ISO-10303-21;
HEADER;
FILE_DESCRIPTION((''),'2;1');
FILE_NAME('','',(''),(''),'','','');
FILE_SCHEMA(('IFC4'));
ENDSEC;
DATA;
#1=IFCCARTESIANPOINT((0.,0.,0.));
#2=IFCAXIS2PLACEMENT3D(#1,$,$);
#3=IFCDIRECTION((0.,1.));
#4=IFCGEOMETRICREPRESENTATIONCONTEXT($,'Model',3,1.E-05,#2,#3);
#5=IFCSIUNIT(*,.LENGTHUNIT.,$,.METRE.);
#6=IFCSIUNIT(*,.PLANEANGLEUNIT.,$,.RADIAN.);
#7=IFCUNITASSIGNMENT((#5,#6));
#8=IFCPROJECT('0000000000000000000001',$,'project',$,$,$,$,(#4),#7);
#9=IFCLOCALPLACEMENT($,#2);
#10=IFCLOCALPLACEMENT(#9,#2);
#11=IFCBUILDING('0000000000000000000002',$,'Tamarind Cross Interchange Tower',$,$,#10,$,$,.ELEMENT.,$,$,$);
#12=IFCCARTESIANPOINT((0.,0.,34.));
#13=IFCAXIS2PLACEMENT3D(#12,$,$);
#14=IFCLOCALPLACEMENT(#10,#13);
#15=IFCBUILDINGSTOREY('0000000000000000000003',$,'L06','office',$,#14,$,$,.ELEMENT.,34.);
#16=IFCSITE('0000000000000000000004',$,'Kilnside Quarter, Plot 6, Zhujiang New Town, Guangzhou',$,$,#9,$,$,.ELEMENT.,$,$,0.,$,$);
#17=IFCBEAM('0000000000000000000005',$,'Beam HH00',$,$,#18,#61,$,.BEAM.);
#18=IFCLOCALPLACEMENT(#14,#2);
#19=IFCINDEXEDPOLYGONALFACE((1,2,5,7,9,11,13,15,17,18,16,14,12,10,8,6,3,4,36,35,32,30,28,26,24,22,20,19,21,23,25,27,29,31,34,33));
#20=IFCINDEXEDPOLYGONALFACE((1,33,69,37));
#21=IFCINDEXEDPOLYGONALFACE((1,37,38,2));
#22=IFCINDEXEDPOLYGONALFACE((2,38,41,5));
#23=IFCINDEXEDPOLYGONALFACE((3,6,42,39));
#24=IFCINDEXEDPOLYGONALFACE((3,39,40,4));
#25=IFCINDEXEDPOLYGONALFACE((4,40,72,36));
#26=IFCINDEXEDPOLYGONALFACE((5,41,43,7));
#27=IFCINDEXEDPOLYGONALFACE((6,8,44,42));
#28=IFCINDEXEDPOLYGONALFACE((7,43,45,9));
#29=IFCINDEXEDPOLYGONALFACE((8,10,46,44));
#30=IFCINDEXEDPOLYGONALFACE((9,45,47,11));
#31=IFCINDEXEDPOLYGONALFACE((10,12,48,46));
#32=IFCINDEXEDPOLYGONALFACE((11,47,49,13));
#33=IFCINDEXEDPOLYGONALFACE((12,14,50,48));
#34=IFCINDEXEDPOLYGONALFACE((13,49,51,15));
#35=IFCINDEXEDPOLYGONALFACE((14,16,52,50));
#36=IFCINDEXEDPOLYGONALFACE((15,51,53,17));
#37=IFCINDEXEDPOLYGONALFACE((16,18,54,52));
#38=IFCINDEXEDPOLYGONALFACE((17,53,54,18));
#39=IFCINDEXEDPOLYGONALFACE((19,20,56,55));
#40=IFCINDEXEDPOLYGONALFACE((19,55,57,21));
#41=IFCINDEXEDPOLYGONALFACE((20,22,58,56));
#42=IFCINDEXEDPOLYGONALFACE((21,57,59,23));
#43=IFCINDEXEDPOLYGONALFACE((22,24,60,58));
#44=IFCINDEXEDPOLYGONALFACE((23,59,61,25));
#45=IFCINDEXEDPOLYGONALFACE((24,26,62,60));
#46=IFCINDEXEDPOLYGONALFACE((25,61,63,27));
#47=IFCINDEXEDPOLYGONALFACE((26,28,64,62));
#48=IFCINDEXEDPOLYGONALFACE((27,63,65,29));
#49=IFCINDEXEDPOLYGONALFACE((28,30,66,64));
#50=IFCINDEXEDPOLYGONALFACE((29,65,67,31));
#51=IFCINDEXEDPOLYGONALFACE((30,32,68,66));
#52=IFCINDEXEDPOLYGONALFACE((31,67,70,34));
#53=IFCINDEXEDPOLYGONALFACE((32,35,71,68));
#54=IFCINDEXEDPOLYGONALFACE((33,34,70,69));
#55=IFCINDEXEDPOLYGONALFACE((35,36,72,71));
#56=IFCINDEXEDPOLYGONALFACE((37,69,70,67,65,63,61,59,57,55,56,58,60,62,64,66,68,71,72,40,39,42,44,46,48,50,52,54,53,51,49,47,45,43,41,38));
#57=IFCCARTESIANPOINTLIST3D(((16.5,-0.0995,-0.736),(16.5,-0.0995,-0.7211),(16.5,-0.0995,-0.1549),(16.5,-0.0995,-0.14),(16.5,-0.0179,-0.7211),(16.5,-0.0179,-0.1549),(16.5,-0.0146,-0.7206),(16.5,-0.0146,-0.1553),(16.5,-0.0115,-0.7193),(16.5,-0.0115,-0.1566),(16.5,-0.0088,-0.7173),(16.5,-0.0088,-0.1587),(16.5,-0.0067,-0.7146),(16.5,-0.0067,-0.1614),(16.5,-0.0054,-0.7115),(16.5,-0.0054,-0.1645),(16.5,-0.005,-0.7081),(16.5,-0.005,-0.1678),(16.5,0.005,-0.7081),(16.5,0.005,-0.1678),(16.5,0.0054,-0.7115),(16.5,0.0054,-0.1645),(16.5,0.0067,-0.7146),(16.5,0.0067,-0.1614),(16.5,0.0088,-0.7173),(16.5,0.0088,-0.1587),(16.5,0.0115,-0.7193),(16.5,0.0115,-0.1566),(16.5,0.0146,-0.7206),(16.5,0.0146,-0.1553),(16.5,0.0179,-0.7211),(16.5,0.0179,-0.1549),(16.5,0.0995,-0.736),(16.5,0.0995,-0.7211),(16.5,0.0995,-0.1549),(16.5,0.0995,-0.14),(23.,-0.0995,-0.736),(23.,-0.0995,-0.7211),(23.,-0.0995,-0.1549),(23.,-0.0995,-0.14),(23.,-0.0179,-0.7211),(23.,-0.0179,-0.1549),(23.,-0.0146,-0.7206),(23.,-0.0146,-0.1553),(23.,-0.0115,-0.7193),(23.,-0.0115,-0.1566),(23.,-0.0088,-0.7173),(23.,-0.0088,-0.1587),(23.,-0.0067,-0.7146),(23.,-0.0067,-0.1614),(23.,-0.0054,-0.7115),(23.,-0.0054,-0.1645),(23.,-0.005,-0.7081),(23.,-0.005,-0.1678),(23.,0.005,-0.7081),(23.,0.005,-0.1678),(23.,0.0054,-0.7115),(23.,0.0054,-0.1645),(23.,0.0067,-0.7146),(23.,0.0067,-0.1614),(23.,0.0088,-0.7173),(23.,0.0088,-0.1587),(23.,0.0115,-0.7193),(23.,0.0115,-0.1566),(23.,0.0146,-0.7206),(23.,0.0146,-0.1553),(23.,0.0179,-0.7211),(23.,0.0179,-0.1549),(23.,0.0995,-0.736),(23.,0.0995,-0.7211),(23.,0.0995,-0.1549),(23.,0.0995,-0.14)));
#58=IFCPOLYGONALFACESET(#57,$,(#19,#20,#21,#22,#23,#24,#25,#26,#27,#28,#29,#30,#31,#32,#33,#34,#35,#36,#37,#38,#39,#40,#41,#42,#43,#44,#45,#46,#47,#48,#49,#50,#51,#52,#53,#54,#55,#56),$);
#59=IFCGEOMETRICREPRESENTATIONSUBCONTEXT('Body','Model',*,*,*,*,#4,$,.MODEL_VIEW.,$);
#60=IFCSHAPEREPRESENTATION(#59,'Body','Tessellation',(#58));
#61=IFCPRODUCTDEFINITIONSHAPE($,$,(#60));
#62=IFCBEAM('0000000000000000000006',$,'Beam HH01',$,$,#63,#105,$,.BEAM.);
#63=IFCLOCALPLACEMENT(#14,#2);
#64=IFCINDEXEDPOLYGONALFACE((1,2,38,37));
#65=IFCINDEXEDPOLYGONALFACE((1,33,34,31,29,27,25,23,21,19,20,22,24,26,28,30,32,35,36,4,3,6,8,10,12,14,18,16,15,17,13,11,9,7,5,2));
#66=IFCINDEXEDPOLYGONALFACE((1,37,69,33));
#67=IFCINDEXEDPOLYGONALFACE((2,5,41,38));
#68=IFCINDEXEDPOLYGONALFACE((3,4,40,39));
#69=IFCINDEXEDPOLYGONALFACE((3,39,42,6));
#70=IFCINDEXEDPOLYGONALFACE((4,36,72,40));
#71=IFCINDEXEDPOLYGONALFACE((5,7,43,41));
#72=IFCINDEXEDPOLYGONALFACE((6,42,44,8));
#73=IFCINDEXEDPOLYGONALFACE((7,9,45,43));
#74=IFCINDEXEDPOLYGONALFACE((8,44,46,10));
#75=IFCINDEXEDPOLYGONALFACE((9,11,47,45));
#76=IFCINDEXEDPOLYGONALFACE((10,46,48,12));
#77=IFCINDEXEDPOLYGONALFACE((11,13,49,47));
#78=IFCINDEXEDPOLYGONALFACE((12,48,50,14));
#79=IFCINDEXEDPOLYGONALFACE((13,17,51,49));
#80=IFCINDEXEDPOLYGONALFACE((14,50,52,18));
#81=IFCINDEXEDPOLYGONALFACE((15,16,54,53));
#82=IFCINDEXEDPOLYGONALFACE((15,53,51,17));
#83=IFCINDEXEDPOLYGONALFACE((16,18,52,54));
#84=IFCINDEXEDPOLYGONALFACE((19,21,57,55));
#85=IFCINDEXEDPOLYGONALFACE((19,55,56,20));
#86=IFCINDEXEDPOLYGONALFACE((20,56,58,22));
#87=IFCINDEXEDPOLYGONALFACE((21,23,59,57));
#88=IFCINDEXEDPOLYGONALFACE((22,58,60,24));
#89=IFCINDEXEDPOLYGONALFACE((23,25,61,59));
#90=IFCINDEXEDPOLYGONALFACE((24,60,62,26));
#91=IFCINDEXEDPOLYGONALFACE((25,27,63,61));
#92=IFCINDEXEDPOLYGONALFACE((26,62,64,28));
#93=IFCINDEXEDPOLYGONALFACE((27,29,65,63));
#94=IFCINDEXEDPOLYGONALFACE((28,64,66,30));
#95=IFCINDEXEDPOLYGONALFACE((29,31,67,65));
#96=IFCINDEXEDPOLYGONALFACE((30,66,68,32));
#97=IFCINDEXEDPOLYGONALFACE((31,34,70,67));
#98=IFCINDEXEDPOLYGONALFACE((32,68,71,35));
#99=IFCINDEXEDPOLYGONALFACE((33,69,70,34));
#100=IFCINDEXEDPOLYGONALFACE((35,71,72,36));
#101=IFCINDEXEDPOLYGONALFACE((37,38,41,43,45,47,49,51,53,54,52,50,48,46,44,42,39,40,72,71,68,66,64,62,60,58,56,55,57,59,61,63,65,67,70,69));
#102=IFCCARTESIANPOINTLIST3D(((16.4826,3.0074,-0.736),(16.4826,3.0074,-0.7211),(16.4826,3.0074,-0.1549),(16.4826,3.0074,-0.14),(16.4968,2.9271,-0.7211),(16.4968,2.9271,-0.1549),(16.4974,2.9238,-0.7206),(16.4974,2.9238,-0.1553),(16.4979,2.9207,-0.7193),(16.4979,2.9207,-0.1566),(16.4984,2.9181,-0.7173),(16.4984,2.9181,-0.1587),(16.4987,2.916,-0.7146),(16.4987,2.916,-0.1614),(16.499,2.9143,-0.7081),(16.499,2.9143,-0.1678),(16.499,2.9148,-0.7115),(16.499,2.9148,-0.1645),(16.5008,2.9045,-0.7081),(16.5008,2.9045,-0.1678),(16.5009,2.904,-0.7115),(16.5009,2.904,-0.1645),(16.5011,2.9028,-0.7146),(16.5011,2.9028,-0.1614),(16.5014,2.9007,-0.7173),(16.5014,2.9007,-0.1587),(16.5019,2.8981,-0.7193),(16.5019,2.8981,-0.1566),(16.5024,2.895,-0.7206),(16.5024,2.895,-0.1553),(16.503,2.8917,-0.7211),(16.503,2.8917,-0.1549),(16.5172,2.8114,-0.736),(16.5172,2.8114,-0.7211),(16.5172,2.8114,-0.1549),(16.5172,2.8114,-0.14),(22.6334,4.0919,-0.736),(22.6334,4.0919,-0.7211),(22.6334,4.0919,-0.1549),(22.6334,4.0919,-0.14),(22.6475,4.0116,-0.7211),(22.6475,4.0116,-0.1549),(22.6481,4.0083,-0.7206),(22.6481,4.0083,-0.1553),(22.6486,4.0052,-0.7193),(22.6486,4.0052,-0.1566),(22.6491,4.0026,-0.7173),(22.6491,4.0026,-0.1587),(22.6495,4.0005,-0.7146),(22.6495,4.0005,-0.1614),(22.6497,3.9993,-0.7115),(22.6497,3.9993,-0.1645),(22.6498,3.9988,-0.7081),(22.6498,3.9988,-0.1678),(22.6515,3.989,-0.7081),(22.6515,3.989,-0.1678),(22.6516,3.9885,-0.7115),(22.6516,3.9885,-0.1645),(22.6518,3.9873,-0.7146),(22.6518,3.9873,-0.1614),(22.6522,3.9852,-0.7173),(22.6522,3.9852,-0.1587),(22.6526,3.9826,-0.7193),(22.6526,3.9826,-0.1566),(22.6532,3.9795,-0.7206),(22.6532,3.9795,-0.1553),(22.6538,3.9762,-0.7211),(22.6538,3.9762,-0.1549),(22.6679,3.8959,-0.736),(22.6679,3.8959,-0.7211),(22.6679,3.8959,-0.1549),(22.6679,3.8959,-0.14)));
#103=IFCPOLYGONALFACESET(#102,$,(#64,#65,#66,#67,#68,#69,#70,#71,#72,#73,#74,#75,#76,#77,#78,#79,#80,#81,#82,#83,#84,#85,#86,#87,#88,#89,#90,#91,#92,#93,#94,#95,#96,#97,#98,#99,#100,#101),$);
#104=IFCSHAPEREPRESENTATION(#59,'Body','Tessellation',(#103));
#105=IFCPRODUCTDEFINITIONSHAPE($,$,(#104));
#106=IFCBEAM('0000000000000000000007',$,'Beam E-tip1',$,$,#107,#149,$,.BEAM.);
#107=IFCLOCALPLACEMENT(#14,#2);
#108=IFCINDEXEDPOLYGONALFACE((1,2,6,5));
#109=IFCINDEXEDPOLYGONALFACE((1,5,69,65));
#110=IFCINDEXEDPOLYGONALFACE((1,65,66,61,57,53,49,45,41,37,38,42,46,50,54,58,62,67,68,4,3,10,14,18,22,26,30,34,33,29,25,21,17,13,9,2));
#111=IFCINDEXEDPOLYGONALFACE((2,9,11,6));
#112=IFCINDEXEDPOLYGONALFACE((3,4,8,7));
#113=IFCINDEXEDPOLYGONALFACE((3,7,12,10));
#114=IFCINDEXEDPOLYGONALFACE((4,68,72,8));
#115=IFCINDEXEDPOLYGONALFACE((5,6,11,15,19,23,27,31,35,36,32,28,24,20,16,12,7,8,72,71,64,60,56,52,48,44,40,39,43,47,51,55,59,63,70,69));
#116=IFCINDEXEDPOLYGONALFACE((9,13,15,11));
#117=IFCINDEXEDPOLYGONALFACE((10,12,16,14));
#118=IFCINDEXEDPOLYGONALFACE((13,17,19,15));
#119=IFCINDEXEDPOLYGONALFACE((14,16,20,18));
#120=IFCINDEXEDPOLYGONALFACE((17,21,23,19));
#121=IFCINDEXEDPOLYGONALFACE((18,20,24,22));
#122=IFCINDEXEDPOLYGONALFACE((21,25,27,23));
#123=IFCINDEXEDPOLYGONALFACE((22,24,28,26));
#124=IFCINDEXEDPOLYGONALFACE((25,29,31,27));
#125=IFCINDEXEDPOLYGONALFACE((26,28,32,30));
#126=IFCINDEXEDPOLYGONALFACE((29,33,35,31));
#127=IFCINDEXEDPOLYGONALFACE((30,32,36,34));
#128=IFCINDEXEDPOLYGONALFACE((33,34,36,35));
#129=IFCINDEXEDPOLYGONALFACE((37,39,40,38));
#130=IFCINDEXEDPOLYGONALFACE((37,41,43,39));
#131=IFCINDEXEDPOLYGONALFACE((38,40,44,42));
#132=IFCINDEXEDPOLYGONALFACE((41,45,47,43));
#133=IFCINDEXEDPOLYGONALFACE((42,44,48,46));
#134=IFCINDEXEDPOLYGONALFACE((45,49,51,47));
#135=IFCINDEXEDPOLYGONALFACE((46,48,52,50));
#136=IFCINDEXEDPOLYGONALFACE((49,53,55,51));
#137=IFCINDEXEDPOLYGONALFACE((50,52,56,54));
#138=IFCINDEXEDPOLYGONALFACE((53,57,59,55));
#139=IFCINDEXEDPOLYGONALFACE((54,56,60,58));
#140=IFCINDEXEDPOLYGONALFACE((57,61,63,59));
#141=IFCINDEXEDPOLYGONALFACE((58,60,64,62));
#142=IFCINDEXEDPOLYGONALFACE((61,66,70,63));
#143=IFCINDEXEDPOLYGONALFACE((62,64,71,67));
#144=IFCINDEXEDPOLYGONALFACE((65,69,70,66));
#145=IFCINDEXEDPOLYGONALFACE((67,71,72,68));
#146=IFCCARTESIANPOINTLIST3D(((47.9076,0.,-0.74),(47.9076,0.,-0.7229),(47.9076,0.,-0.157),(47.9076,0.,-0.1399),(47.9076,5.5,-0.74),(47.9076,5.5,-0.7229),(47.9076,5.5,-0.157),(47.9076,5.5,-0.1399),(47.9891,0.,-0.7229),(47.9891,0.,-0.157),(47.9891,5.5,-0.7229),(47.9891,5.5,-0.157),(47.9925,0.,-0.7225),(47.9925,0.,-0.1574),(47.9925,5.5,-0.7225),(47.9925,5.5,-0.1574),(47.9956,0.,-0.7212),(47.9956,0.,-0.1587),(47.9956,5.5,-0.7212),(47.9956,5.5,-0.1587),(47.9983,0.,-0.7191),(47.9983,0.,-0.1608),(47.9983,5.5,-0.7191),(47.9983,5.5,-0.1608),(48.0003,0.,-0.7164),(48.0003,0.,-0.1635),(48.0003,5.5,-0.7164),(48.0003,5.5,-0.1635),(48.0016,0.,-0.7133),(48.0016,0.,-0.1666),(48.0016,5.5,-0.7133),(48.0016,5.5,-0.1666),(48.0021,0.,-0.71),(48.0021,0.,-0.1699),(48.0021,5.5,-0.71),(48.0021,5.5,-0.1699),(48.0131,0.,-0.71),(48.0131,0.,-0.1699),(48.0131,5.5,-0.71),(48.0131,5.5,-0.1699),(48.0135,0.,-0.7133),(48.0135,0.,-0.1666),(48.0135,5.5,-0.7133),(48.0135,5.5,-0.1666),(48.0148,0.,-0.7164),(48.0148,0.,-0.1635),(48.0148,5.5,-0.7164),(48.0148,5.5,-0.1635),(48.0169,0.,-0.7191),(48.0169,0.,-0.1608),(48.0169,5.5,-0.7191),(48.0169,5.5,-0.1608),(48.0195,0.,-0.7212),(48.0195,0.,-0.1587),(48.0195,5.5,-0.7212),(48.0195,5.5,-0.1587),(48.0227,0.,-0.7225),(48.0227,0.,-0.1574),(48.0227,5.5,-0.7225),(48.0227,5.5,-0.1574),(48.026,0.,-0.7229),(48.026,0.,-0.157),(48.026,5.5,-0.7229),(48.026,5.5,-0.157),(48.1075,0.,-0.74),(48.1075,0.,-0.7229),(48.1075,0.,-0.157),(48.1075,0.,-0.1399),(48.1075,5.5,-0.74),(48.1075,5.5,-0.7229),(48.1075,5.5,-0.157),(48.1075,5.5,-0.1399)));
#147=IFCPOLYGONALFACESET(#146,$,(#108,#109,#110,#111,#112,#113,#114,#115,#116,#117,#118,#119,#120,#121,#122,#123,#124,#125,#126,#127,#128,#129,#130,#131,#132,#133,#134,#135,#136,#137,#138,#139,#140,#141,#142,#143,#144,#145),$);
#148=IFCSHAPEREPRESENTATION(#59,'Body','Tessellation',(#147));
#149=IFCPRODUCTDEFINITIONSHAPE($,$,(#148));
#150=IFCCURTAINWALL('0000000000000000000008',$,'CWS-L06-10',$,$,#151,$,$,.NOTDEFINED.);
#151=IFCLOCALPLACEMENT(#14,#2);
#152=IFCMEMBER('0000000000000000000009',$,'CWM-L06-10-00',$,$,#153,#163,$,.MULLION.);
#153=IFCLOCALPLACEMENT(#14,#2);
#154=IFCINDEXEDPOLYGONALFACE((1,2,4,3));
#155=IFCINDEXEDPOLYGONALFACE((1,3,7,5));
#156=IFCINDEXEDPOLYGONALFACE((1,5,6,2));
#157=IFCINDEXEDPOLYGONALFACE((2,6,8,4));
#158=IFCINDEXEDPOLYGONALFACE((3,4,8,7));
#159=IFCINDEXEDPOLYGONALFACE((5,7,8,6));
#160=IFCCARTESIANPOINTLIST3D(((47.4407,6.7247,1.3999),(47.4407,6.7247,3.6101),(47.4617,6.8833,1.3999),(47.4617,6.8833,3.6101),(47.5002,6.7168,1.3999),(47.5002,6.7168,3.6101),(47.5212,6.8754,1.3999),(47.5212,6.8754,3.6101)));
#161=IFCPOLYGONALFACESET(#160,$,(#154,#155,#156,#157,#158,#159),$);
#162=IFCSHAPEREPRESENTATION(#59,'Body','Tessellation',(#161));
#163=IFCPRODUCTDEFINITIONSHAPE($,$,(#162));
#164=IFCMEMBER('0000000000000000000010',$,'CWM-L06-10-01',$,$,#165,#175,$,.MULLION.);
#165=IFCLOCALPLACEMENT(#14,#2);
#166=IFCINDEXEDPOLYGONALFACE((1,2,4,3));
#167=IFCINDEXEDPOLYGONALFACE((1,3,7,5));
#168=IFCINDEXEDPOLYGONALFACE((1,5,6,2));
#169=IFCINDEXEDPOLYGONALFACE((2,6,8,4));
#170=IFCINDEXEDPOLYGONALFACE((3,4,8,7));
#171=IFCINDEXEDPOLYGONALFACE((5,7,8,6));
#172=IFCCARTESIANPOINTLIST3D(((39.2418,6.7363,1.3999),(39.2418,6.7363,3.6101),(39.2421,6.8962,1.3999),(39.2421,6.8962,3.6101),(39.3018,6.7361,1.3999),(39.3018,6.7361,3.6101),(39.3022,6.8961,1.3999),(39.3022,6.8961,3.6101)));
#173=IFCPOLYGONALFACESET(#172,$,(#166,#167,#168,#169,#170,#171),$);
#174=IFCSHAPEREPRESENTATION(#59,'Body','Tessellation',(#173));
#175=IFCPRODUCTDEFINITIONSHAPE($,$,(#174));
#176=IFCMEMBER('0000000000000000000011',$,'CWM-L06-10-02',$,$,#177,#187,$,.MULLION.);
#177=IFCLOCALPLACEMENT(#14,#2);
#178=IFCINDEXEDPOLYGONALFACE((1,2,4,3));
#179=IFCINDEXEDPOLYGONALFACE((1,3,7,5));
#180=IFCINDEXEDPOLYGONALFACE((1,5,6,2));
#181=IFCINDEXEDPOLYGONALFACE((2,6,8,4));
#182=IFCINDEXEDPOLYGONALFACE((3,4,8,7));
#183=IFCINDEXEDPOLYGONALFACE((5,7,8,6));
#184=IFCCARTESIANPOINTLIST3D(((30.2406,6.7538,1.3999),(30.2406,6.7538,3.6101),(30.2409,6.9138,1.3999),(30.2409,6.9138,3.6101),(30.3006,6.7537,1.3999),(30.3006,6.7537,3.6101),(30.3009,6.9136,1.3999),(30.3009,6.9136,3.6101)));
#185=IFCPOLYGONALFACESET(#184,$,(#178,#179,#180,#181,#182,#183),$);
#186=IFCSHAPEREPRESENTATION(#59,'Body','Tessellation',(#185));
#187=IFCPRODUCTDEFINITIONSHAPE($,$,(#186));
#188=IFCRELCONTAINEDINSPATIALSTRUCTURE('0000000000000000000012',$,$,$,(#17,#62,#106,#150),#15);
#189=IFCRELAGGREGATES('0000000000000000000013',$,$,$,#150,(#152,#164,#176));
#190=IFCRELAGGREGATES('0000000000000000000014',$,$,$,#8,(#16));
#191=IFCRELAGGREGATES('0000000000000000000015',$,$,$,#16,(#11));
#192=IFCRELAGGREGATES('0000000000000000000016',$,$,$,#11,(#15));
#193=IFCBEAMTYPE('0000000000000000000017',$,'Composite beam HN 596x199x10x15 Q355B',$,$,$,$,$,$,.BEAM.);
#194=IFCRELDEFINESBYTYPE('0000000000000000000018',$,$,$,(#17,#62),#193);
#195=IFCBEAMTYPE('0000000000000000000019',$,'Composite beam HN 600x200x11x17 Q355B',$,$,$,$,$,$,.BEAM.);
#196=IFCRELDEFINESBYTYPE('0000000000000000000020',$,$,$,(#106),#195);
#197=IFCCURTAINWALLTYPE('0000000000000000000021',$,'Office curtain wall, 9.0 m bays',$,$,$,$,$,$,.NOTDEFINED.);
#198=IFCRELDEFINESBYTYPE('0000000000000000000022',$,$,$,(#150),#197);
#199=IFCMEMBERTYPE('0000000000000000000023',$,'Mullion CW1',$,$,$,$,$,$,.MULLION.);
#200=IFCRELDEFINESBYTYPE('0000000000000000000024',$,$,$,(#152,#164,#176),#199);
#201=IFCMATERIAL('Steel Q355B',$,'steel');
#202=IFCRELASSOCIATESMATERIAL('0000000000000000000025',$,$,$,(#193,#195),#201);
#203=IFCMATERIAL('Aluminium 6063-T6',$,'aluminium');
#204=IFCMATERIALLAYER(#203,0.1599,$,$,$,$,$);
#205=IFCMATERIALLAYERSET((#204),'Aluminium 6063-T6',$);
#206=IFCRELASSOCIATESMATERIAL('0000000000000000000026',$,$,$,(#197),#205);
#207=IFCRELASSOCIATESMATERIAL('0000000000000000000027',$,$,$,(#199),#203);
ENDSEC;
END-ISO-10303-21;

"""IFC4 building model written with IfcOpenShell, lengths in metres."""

from ifc_helpers import new_model, si_unit, direction, frame, origin, origin_2d, place, context, subcontext, project, spatial, rectangle, i_section, extrude, material, layer, layer_set, material_profile, profile_set, type_object, element, aggregate, save


model = new_model("IFC4")

# Units and contexts
model_context = context("Model", 3, precision=1e-05, world=origin(), true_north=direction((0.0, 1.0)))
body_context = subcontext(model_context, "Body", "Model", "MODEL_VIEW")
ifc_project = project(units=[si_unit("LENGTHUNIT", "METRE"), si_unit("PLANEANGLEUNIT", "RADIAN")], contexts=[model_context])

# Site, building, storey
site_placement = place(None, origin())
site = spatial("IfcSite", under=ifc_project, at=site_placement, Name="Kilnside Quarter, Plot 6, Zhujiang New Town, Guangzhou", CompositionType="ELEMENT", RefElevation=0.0)
building_placement = place(site_placement, origin())
building = spatial("IfcBuilding", under=site, at=building_placement, Name="Tamarind Cross Interchange Tower", CompositionType="ELEMENT")
storey_placement = place(building_placement, frame((0.0, 0.0, 34.0)))
storey = spatial("IfcBuildingStorey", under=building, at=storey_placement, Name="L06", Description="office", CompositionType="ELEMENT", Elevation=34.0)

# Beams
ifc_material_1 = material(Name="Steel Q355B", Category="steel")
ifc_material_profile_1 = material_profile(ifc_material_1, i_section(OverallWidth=0.199, OverallDepth=0.5959, WebThickness=0.01, FlangeThickness=0.0149, FilletRadius=0.0129, at=origin_2d()), Name="HN 596x199x10x15")
ifc_profile_set_1 = profile_set([ifc_material_profile_1], Name="Steel Q355B")
beam_type_1 = type_object("IfcBeamType", Name="Composite beam HN 596x199x10x15 Q355B", PredefinedType="BEAM", material=ifc_profile_set_1)
beam_1_placement = place(storey_placement, frame((23.0, 0.0, -0.438), z_axis=(-1.0, 0.0, 0.0), x_axis=(0.0, -1.0, 0.0)))
element("IfcBeam", 1, at=beam_1_placement, inside=storey, type_object=beam_type_1, Name="Beam HH00", PredefinedType="BEAM", context=body_context, shape_type="SweptSolid", body=[
    extrude(i_section(OverallWidth=0.199, OverallDepth=0.5959, WebThickness=0.01, FlangeThickness=0.0149, FilletRadius=0.0129, at=origin_2d()), origin(), (0.0, 0.0, 1.0), 6.5),
])
beam_2_placement = place(storey_placement, frame((22.6506, 3.9939, -0.438), z_axis=(-0.984809, -0.17364, 0.0), x_axis=(0.17364, -0.984809, 0.0)))
element("IfcBeam", 2, at=beam_2_placement, inside=storey, type_object=beam_type_1, Name="Beam HH01", PredefinedType="BEAM", context=body_context, shape_type="SweptSolid", body=[
    extrude(i_section(OverallWidth=0.199, OverallDepth=0.5959, WebThickness=0.01, FlangeThickness=0.0149, FilletRadius=0.0129, at=origin_2d()), origin(), (0.0, 0.0, 1.0), 6.2456),
])
ifc_material_profile_2 = material_profile(ifc_material_1, i_section(OverallWidth=0.2, OverallDepth=0.6001, WebThickness=0.011, FlangeThickness=0.0171, FilletRadius=0.0129, at=origin_2d()), Name="HN 600x200x11x17")
ifc_profile_set_2 = profile_set([ifc_material_profile_2], Name="Steel Q355B")
beam_type_2 = type_object("IfcBeamType", Name="Composite beam HN 600x200x11x17 Q355B", PredefinedType="BEAM", material=ifc_profile_set_2)
beam_3_placement = place(storey_placement, frame((48.0076, 0.0, -0.4399), z_axis=(0.0, 1.0, 0.0), x_axis=(-1.0, 0.0, 0.0)))
element("IfcBeam", 3, at=beam_3_placement, inside=storey, type_object=beam_type_2, Name="Beam E-tip1", PredefinedType="BEAM", context=body_context, shape_type="SweptSolid", body=[
    extrude(i_section(OverallWidth=0.2, OverallDepth=0.6001, WebThickness=0.011, FlangeThickness=0.0171, FilletRadius=0.0129, at=origin_2d()), origin(), (0.0, 0.0, 1.0), 5.5),
])

# Curtain wall, members
ifc_material_2 = material(Name="Aluminium 6063-T6", Category="aluminium")
ifc_layer_1 = layer(ifc_material_2, 0.1599)
ifc_layer_set_1 = layer_set([ifc_layer_1], Name="Aluminium 6063-T6")
curtain_wall_type = type_object("IfcCurtainWallType", Name="Office curtain wall, 9.0 m bays", PredefinedType="NOTDEFINED", material=ifc_layer_set_1)
curtain_wall_placement = place(storey_placement, origin())
curtain_wall = element("IfcCurtainWall", 4, at=curtain_wall_placement, inside=storey, type_object=curtain_wall_type, Name="CWS-L06-10", PredefinedType="NOTDEFINED")
ifc_material_profile_3 = material_profile(ifc_material_2, rectangle(XDim=0.0601, YDim=0.1599, at=origin_2d()), Name="Mullion CW1")
ifc_profile_set_3 = profile_set([ifc_material_profile_3], Name="Aluminium 6063-T6")
member_type = type_object("IfcMemberType", Name="Mullion CW1", PredefinedType="MULLION", material=ifc_profile_set_3)
member_1_placement = place(storey_placement, frame((47.481, 6.8, 1.3999), z_axis=(0.0, 0.0, 1.0), x_axis=(-0.991316, 0.131499, 0.0)))
member_1 = element("IfcMember", 5, at=member_1_placement, type_object=member_type, Name="CWM-L06-10-00", PredefinedType="MULLION", context=body_context, shape_type="SweptSolid", body=[
    extrude(rectangle(XDim=0.0601, YDim=0.1599, at=origin_2d()), origin(), (0.0, 0.0, 1.0), 2.2102),
])
member_2_placement = place(storey_placement, frame((39.272, 6.8162, 1.3999), z_axis=(0.0, 0.0, 1.0), x_axis=(-0.999998, 0.001962, 0.0)))
member_2 = element("IfcMember", 6, at=member_2_placement, type_object=member_type, Name="CWM-L06-10-01", PredefinedType="MULLION", context=body_context, shape_type="SweptSolid", body=[
    extrude(rectangle(XDim=0.0601, YDim=0.1599, at=origin_2d()), origin(), (0.0, 0.0, 1.0), 2.2102),
])
member_3_placement = place(storey_placement, frame((30.2708, 6.8337, 1.3999), z_axis=(0.0, 0.0, 1.0), x_axis=(-0.999998, 0.001962, 0.0)))
member_3 = element("IfcMember", 7, at=member_3_placement, type_object=member_type, Name="CWM-L06-10-02", PredefinedType="MULLION", context=body_context, shape_type="SweptSolid", body=[
    extrude(rectangle(XDim=0.0601, YDim=0.1599, at=origin_2d()), origin(), (0.0, 0.0, 1.0), 2.2102),
])
aggregate(curtain_wall, [member_1, member_2, member_3])

save(model, "model.ifc")
